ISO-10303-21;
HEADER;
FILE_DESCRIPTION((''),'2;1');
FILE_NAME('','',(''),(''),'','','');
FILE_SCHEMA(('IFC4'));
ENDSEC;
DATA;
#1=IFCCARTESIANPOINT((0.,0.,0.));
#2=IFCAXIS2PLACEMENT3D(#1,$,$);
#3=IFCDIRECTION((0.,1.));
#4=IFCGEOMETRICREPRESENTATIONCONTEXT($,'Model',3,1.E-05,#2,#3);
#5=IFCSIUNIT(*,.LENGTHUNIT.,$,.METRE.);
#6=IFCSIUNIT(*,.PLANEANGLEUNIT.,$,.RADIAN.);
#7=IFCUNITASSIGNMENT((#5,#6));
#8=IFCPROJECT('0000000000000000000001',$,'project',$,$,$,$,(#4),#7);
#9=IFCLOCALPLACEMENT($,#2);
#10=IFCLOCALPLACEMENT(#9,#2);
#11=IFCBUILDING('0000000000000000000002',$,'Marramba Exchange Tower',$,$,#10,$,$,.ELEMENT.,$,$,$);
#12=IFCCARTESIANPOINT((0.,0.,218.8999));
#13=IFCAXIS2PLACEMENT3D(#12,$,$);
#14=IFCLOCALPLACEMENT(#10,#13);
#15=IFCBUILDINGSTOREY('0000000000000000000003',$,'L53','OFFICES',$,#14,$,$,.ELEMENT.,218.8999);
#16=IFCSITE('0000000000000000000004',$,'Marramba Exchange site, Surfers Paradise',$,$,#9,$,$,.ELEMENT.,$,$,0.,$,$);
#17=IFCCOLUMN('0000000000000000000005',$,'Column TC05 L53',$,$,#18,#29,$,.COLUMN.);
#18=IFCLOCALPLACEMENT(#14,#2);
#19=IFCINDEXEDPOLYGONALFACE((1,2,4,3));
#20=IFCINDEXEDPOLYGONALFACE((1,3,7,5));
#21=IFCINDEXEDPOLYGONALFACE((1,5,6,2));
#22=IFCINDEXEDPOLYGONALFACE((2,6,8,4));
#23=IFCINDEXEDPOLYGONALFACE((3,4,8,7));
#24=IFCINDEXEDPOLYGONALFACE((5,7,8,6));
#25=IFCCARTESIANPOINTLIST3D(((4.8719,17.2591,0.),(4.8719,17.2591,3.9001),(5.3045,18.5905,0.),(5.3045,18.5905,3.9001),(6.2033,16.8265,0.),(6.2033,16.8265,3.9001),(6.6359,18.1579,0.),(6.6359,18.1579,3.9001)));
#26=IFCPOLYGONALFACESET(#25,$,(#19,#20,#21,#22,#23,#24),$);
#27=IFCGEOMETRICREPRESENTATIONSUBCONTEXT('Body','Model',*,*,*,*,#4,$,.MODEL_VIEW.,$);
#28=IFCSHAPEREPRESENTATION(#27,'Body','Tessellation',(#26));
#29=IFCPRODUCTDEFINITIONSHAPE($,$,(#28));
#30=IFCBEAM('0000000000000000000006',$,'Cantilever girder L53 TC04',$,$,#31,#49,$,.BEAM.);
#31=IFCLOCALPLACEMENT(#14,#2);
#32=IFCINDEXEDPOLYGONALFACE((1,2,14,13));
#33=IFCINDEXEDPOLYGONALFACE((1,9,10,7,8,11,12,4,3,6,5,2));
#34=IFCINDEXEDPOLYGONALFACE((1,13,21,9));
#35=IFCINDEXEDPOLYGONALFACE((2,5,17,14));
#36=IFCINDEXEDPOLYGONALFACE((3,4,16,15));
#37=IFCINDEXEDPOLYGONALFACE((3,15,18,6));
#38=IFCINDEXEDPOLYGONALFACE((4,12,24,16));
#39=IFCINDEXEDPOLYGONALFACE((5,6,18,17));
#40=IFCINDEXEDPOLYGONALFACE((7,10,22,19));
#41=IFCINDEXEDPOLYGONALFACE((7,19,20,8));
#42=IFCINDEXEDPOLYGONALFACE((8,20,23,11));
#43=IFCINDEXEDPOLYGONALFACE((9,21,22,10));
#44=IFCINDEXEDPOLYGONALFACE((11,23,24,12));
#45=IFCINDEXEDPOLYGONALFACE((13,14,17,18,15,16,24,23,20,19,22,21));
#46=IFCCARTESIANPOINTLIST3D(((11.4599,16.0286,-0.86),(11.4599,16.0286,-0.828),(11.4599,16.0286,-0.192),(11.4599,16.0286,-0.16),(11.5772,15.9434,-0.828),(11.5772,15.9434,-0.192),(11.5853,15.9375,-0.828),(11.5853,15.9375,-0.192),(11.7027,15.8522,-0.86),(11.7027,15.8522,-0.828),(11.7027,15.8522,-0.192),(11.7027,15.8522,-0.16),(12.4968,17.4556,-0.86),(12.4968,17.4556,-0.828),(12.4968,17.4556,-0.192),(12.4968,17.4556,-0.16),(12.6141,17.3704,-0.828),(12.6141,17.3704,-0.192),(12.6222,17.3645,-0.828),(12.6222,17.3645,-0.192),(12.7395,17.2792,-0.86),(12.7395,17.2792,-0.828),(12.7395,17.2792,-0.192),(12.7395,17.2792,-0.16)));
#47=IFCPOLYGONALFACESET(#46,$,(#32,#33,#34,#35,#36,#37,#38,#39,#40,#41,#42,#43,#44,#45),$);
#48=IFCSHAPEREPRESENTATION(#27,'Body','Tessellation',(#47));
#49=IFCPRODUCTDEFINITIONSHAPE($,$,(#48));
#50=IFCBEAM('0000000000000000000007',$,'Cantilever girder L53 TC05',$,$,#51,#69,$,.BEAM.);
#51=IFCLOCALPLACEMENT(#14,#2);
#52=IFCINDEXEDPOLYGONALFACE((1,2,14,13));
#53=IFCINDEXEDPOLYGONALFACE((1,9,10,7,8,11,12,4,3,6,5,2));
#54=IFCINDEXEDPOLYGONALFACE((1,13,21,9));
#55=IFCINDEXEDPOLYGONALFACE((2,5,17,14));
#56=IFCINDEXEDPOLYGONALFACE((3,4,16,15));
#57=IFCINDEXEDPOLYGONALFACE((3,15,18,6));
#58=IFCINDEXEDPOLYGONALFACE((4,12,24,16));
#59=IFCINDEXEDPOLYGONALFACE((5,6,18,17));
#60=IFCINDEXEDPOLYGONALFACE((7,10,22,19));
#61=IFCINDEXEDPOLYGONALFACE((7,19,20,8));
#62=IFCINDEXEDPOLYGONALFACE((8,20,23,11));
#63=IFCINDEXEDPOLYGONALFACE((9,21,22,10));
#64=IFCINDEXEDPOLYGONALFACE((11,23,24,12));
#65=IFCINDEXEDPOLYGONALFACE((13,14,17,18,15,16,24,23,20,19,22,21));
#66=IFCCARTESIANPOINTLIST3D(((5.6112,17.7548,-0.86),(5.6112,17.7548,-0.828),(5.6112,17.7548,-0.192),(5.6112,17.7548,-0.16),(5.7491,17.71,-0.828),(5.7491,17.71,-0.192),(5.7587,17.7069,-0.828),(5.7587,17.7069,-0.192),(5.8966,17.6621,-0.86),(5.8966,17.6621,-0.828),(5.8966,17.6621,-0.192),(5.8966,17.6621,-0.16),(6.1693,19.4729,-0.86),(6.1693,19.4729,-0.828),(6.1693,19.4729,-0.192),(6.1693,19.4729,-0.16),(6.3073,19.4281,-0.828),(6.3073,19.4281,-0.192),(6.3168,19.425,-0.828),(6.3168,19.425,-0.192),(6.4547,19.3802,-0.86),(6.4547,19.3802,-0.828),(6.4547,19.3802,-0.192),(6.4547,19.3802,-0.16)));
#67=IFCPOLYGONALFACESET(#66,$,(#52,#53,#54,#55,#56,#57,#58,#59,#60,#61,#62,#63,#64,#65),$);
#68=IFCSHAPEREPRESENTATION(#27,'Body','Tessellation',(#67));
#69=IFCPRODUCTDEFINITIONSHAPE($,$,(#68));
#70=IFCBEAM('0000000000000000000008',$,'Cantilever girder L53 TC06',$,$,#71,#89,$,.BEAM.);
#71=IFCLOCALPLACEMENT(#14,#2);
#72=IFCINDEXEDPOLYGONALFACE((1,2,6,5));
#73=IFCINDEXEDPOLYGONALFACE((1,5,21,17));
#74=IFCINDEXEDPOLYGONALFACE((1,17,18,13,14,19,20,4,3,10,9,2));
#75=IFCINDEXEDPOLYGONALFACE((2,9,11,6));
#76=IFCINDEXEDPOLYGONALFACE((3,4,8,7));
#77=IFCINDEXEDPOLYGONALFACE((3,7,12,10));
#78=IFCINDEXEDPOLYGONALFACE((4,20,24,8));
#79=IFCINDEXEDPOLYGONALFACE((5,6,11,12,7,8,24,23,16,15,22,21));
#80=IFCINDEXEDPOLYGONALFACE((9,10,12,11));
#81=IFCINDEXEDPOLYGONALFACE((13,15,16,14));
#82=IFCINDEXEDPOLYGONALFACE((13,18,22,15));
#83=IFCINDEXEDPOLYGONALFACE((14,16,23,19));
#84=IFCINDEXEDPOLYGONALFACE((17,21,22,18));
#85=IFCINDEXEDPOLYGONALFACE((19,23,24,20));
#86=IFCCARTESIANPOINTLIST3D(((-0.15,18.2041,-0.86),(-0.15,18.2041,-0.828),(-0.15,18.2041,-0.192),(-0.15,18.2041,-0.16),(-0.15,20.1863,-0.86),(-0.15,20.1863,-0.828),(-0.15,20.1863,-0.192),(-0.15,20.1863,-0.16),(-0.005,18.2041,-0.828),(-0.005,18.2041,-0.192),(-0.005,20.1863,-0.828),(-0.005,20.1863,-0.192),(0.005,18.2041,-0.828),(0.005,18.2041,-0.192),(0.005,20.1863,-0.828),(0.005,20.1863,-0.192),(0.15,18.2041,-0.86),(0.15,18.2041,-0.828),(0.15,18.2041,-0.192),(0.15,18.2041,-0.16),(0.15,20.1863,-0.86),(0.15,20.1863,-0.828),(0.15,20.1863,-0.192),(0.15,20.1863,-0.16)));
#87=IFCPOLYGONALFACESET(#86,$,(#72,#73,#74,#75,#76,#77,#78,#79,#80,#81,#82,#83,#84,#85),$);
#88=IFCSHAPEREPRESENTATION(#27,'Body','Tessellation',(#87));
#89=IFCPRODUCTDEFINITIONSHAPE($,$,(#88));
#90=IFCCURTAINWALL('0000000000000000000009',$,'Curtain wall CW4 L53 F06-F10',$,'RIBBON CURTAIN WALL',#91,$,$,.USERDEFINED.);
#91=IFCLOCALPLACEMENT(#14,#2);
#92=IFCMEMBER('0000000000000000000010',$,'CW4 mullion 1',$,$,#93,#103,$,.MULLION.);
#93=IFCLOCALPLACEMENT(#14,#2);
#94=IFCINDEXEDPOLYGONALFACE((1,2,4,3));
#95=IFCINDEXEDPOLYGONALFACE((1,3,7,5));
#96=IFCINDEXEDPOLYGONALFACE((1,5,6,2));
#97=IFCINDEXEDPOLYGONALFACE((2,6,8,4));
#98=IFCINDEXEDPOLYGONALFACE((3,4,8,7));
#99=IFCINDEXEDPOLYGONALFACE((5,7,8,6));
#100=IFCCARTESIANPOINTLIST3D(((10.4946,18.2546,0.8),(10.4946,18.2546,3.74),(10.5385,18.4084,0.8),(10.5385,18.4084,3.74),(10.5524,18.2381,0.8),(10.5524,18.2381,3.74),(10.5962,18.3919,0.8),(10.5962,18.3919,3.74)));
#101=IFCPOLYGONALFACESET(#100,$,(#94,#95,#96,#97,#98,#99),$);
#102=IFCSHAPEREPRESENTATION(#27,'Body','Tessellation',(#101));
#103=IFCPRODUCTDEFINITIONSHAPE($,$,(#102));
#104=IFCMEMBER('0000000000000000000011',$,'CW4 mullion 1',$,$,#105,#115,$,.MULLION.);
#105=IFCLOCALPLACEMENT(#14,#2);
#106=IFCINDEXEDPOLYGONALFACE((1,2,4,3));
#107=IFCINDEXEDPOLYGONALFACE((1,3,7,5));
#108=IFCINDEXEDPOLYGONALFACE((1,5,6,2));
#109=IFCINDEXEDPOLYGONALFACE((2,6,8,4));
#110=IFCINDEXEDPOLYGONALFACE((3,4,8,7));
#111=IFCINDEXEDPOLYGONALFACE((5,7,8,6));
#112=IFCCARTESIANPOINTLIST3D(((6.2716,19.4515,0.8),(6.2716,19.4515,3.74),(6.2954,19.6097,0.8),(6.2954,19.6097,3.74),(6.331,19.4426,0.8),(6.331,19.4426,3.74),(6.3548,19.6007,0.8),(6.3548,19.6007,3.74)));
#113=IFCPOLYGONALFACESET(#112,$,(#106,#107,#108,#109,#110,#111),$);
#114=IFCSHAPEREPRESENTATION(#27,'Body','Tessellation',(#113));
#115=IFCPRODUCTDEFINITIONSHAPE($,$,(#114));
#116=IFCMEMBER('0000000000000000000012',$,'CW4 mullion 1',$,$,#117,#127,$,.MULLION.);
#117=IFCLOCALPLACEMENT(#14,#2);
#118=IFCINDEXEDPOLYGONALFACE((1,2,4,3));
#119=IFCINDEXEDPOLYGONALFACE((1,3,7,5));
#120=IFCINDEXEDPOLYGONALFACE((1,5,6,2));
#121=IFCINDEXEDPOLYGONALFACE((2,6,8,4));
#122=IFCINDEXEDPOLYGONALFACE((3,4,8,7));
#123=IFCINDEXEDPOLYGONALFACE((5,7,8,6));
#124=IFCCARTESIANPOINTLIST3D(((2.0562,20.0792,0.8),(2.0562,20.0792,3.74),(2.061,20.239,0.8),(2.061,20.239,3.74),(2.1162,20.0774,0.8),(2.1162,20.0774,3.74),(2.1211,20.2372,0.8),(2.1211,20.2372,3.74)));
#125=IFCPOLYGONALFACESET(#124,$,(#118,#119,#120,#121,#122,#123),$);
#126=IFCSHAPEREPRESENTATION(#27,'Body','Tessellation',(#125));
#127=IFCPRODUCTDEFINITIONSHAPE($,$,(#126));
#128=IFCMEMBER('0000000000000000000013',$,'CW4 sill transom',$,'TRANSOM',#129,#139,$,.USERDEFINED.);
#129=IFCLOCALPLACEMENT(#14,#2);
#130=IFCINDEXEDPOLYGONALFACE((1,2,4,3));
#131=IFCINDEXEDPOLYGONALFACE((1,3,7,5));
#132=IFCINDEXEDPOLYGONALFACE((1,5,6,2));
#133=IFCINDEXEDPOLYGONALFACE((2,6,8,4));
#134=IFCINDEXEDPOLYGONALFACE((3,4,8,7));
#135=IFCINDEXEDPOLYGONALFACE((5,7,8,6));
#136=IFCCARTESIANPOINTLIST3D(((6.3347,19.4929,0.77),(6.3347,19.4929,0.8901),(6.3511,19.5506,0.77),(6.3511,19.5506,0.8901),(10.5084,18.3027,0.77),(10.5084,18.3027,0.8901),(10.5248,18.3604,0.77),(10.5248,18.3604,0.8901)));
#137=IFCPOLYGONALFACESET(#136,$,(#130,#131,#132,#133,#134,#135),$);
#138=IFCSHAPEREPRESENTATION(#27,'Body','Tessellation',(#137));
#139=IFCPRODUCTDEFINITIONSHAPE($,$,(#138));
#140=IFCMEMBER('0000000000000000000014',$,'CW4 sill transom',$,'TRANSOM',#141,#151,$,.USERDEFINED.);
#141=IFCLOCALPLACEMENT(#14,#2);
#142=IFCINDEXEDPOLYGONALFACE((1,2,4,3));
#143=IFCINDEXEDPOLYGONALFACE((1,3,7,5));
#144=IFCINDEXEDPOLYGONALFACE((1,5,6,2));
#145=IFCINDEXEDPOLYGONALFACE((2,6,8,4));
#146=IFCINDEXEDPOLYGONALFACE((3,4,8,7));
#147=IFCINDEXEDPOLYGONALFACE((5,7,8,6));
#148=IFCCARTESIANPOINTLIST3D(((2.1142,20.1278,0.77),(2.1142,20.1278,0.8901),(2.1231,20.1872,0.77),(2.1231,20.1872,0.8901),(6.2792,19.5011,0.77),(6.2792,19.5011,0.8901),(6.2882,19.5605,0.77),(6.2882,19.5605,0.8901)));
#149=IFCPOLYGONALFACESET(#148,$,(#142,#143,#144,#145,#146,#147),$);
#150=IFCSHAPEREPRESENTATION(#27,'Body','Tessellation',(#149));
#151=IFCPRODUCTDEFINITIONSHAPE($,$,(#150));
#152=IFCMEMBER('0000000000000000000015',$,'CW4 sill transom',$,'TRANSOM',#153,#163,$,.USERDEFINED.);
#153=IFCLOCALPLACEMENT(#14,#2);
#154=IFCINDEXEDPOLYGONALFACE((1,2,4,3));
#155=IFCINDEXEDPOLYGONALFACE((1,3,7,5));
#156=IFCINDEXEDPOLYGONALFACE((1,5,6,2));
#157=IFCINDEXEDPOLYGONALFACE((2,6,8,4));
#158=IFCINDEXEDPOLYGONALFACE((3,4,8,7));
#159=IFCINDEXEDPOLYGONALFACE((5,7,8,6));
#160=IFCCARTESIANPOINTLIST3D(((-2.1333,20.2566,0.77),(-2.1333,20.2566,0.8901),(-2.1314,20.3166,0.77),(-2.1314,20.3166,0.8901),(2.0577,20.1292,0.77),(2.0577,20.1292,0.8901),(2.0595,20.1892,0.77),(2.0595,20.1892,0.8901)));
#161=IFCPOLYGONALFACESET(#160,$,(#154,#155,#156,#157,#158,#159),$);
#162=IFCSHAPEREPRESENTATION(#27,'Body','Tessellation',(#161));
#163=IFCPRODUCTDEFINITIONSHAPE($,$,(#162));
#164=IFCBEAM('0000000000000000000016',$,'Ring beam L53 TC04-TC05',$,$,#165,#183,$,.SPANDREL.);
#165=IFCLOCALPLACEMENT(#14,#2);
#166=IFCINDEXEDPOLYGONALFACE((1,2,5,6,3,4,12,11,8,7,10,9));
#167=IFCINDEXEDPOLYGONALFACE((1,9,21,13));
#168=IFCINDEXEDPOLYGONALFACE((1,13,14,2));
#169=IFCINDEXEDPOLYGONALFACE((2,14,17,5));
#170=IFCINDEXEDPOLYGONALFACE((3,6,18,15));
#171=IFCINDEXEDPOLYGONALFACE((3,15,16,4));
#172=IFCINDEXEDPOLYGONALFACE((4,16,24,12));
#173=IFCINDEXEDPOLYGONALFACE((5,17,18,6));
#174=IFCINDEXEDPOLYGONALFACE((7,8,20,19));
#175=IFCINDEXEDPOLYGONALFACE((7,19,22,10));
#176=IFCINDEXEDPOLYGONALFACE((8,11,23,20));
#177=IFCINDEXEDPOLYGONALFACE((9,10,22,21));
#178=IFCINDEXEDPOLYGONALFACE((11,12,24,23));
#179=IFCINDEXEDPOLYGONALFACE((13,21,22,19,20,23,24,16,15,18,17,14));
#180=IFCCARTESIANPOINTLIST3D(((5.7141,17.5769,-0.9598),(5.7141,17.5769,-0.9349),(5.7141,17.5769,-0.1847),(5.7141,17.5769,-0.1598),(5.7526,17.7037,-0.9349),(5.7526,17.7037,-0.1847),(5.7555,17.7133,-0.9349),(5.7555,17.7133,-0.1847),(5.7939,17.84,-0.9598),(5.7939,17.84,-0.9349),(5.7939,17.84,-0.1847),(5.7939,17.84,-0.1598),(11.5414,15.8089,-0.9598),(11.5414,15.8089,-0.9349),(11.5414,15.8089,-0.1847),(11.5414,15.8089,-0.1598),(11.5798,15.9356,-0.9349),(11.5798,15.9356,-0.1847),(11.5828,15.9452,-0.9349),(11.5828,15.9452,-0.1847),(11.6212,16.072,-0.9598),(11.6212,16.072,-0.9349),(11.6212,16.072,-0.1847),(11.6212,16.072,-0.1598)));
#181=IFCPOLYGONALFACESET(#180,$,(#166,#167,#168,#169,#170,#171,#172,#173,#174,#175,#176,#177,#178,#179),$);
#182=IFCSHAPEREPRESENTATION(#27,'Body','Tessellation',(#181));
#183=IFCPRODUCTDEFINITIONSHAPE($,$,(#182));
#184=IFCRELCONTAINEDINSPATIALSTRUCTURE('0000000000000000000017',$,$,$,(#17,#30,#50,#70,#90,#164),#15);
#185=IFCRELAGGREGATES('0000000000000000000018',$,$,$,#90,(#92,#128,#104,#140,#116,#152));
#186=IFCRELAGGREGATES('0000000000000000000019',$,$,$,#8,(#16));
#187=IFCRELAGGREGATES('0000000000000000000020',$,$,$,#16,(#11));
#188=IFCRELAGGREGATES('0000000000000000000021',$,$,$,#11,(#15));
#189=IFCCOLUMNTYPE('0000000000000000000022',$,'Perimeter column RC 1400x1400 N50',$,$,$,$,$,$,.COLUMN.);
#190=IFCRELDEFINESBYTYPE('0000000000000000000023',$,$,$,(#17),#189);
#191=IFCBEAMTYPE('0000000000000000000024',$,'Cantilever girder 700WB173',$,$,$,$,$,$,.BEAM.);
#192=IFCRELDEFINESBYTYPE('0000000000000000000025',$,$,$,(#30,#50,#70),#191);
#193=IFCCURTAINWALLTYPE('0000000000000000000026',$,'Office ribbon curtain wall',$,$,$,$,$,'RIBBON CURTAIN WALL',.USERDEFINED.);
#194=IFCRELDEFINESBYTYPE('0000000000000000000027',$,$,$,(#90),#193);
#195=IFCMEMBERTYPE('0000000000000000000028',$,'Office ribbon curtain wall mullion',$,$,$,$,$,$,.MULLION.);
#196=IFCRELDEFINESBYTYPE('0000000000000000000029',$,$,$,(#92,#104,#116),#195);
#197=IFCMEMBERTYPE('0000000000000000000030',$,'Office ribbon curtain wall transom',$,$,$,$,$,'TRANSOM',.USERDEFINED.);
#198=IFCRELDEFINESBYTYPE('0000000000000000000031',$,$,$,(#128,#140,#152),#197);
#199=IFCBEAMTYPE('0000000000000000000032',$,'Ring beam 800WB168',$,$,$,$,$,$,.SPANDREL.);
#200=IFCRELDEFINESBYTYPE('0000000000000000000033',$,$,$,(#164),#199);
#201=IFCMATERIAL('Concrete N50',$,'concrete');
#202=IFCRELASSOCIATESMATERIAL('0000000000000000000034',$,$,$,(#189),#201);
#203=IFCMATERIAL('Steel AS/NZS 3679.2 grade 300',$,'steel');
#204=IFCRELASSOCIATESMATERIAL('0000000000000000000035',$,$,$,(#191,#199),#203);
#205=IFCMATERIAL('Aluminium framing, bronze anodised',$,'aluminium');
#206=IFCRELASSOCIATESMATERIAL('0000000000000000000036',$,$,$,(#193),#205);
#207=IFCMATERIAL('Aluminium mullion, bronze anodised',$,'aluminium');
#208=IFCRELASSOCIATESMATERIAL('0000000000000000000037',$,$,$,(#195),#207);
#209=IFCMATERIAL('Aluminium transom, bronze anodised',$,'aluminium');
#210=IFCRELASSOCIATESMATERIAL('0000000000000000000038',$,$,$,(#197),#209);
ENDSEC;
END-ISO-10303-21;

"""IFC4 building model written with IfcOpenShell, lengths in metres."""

from ifc_helpers import new_model, si_unit, direction, frame, origin, origin_2d, place, context, subcontext, project, spatial, rectangle, i_section, extrude, material, material_profile, profile_set, type_object, element, aggregate, save


model = new_model("IFC4")

# Units and contexts
model_context = context("Model", 3, precision=1e-05, world=origin(), true_north=direction((0.0, 1.0)))
body_context = subcontext(model_context, "Body", "Model", "MODEL_VIEW")
ifc_project = project(units=[si_unit("LENGTHUNIT", "METRE"), si_unit("PLANEANGLEUNIT", "RADIAN")], contexts=[model_context])

# Site, building, storey
site_placement = place(None, origin())
site = spatial("IfcSite", under=ifc_project, at=site_placement, Name="Marramba Exchange site, Surfers Paradise", CompositionType="ELEMENT", RefElevation=0.0)
building_placement = place(site_placement, origin())
building = spatial("IfcBuilding", under=site, at=building_placement, Name="Marramba Exchange Tower", CompositionType="ELEMENT")
storey_placement = place(building_placement, frame((0.0, 0.0, 218.8999)))
storey = spatial("IfcBuildingStorey", under=building, at=storey_placement, Name="L53", Description="OFFICES", CompositionType="ELEMENT", Elevation=218.8999)

# Column
ifc_material_1 = material(Name="Concrete N50", Category="concrete")
ifc_material_profile_1 = material_profile(ifc_material_1, rectangle(XDim=1.3999, YDim=1.3999, at=origin_2d()), Name="RC 1400x1400")
ifc_profile_set_1 = profile_set([ifc_material_profile_1], Name="Concrete N50")
column_type = type_object("IfcColumnType", Name="Perimeter column RC 1400x1400 N50", PredefinedType="COLUMN", material=ifc_profile_set_1)
column_placement = place(storey_placement, frame((5.7539, 17.7085, 0.0), z_axis=(0.0, 0.0, 1.0), x_axis=(0.309017, 0.951057, 0.0)))
element("IfcColumn", 1, at=column_placement, inside=storey, type_object=column_type, Name="Column TC05 L53", PredefinedType="COLUMN", context=body_context, shape_type="SweptSolid", body=[
    extrude(rectangle(XDim=1.3999, YDim=1.3999, at=origin_2d()), origin(), (0.0, 0.0, 1.0), 3.9001),
])

# Beams
ifc_material_2 = material(Name="Steel AS/NZS 3679.2 grade 300", Category="steel")
ifc_material_profile_2 = material_profile(ifc_material_2, i_section(OverallWidth=0.3, OverallDepth=0.7, WebThickness=0.01, FlangeThickness=0.032, at=origin_2d()), Name="700WB173")
ifc_profile_set_2 = profile_set([ifc_material_profile_2], Name="Steel AS/NZS 3679.2 grade 300")
beam_type_1 = type_object("IfcBeamType", Name="Cantilever girder 700WB173", PredefinedType="BEAM", material=ifc_profile_set_2)
beam_1_placement = place(storey_placement, frame((11.5813, 15.9404, -0.51), z_axis=(0.587818, 0.808993, 0.0), x_axis=(-0.808993, 0.587818, 0.0)))
element("IfcBeam", 2, at=beam_1_placement, inside=storey, type_object=beam_type_1, Name="Cantilever girder L53 TC04", PredefinedType="BEAM", context=body_context, shape_type="SweptSolid", body=[
    extrude(i_section(OverallWidth=0.3, OverallDepth=0.7, WebThickness=0.01, FlangeThickness=0.032, at=origin_2d()), origin(), (0.0, 0.0, 1.0), 1.7639),
])
beam_2_placement = place(storey_placement, frame((5.7539, 17.7085, -0.51), z_axis=(0.308961, 0.951075, 0.0), x_axis=(-0.951075, 0.308961, 0.0)))
element("IfcBeam", 3, at=beam_2_placement, inside=storey, type_object=beam_type_1, Name="Cantilever girder L53 TC05", PredefinedType="BEAM", context=body_context, shape_type="SweptSolid", body=[
    extrude(i_section(OverallWidth=0.3, OverallDepth=0.7, WebThickness=0.01, FlangeThickness=0.032, at=origin_2d()), origin(), (0.0, 0.0, 1.0), 1.8064),
])
beam_3_placement = place(storey_placement, frame((0.0, 18.2041, -0.51), z_axis=(0.0, 1.0, 0.0), x_axis=(-1.0, 0.0, 0.0)))
element("IfcBeam", 4, at=beam_3_placement, inside=storey, type_object=beam_type_1, Name="Cantilever girder L53 TC06", PredefinedType="BEAM", context=body_context, shape_type="SweptSolid", body=[
    extrude(i_section(OverallWidth=0.3, OverallDepth=0.7, WebThickness=0.01, FlangeThickness=0.032, at=origin_2d()), origin(), (0.0, 0.0, 1.0), 1.9822),
])

# Curtain wall, members
ifc_material_3 = material(Name="Aluminium framing, bronze anodised", Category="aluminium")
curtain_wall_type = type_object("IfcCurtainWallType", Name="Office ribbon curtain wall", ElementType="RIBBON CURTAIN WALL", PredefinedType="USERDEFINED", material=ifc_material_3)
curtain_wall_placement = place(storey_placement, origin())
curtain_wall = element("IfcCurtainWall", 5, at=curtain_wall_placement, inside=storey, type_object=curtain_wall_type, Name="Curtain wall CW4 L53 F06-F10", ObjectType="RIBBON CURTAIN WALL", PredefinedType="USERDEFINED")
ifc_material_4 = material(Name="Aluminium mullion, bronze anodised", Category="aluminium")
ifc_material_profile_3 = material_profile(ifc_material_4, rectangle(XDim=0.1599, YDim=0.0601, at=origin_2d()), Name="CW4 mullion 60x160")
ifc_profile_set_3 = profile_set([ifc_material_profile_3], Name="Aluminium mullion, bronze anodised")
member_type_1 = type_object("IfcMemberType", Name="Office ribbon curtain wall mullion", PredefinedType="MULLION", material=ifc_profile_set_3)
member_1_placement = place(storey_placement, frame((10.5454, 18.3232, 0.8), z_axis=(0.0, 0.0, 1.0), x_axis=(-0.274248, -0.961659, 0.0)))
member_1 = element("IfcMember", 6, at=member_1_placement, type_object=member_type_1, Name="CW4 mullion 1", PredefinedType="MULLION", context=body_context, shape_type="SweptSolid", body=[
    extrude(rectangle(XDim=0.1599, YDim=0.0601, at=origin_2d()), origin(), (0.0, 0.0, 1.0), 2.9399),
])
member_2_placement = place(storey_placement, frame((6.3132, 19.5261, 0.8), z_axis=(0.0, 0.0, 1.0), x_axis=(-0.148795, -0.988868, 0.0)))
member_2 = element("IfcMember", 7, at=member_2_placement, type_object=member_type_1, Name="CW4 mullion 1", PredefinedType="MULLION", context=body_context, shape_type="SweptSolid", body=[
    extrude(rectangle(XDim=0.1599, YDim=0.0601, at=origin_2d()), origin(), (0.0, 0.0, 1.0), 2.9399),
])
member_3_placement = place(storey_placement, frame((2.0886, 20.1582, 0.8), z_axis=(0.0, 0.0, 1.0), x_axis=(-0.030394, -0.999538, 0.0)))
member_3 = element("IfcMember", 8, at=member_3_placement, type_object=member_type_1, Name="CW4 mullion 1", PredefinedType="MULLION", context=body_context, shape_type="SweptSolid", body=[
    extrude(rectangle(XDim=0.1599, YDim=0.0601, at=origin_2d()), origin(), (0.0, 0.0, 1.0), 2.9399),
])
ifc_material_5 = material(Name="Aluminium transom, bronze anodised", Category="aluminium")
ifc_material_profile_4 = material_profile(ifc_material_5, rectangle(XDim=0.0601, YDim=0.1201, at=origin_2d()), Name="CW4 transom 60x120")
ifc_profile_set_4 = profile_set([ifc_material_profile_4], Name="Aluminium transom, bronze anodised")
member_type_2 = type_object("IfcMemberType", Name="Office ribbon curtain wall transom", ElementType="TRANSOM", PredefinedType="USERDEFINED", material=ifc_profile_set_4)
member_4_placement = place(storey_placement, frame((10.5166, 18.3315, 0.8301), z_axis=(-0.961662, 0.274238, 0.0), x_axis=(-0.274238, -0.961662, 0.0)))
member_4 = element("IfcMember", 9, at=member_4_placement, type_object=member_type_2, Name="CW4 sill transom", ObjectType="TRANSOM", PredefinedType="USERDEFINED", context=body_context, shape_type="SweptSolid", body=[
    extrude(rectangle(XDim=0.0601, YDim=0.1201, at=origin_2d()), origin(), (0.0, 0.0, 1.0), 4.3401),
])
member_5_placement = place(storey_placement, frame((6.2837, 19.5308, 0.8301), z_axis=(-0.988868, 0.148794, 0.0), x_axis=(-0.148794, -0.988868, 0.0)))
member_5 = element("IfcMember", 10, at=member_5_placement, type_object=member_type_2, Name="CW4 sill transom", ObjectType="TRANSOM", PredefinedType="USERDEFINED", context=body_context, shape_type="SweptSolid", body=[
    extrude(rectangle(XDim=0.0601, YDim=0.1201, at=origin_2d()), origin(), (0.0, 0.0, 1.0), 4.2119),
])
member_6_placement = place(storey_placement, frame((2.0586, 20.1592, 0.8301), z_axis=(-0.999538, 0.030395, 0.0), x_axis=(-0.030395, -0.999538, 0.0)))
member_6 = element("IfcMember", 11, at=member_6_placement, type_object=member_type_2, Name="CW4 sill transom", ObjectType="TRANSOM", PredefinedType="USERDEFINED", context=body_context, shape_type="SweptSolid", body=[
    extrude(rectangle(XDim=0.0601, YDim=0.1201, at=origin_2d()), origin(), (0.0, 0.0, 1.0), 4.1929),
])

# Beam
ifc_material_profile_5 = material_profile(ifc_material_2, i_section(OverallWidth=0.2749, OverallDepth=0.8, WebThickness=0.01, FlangeThickness=0.0249, at=origin_2d()), Name="800WB168")
ifc_profile_set_5 = profile_set([ifc_material_profile_5], Name="Steel AS/NZS 3679.2 grade 300")
beam_type_2 = type_object("IfcBeamType", Name="Ring beam 800WB168", PredefinedType="SPANDREL", material=ifc_profile_set_5)
beam_4_placement = place(storey_placement, frame((11.5813, 15.9404, -0.5598), z_axis=(-0.956925, 0.290337, 0.0), x_axis=(-0.290337, -0.956925, 0.0)))
element("IfcBeam", 12, at=beam_4_placement, inside=storey, type_object=beam_type_2, Name="Ring beam L53 TC04-TC05", PredefinedType="SPANDREL", context=body_context, shape_type="SweptSolid", body=[
    extrude(i_section(OverallWidth=0.2749, OverallDepth=0.8, WebThickness=0.01, FlangeThickness=0.0249, at=origin_2d()), origin(), (0.0, 0.0, 1.0), 6.0896),
])

aggregate(curtain_wall, [member_1, member_4, member_2, member_5, member_3, member_6])

save(model, "model.ifc")
